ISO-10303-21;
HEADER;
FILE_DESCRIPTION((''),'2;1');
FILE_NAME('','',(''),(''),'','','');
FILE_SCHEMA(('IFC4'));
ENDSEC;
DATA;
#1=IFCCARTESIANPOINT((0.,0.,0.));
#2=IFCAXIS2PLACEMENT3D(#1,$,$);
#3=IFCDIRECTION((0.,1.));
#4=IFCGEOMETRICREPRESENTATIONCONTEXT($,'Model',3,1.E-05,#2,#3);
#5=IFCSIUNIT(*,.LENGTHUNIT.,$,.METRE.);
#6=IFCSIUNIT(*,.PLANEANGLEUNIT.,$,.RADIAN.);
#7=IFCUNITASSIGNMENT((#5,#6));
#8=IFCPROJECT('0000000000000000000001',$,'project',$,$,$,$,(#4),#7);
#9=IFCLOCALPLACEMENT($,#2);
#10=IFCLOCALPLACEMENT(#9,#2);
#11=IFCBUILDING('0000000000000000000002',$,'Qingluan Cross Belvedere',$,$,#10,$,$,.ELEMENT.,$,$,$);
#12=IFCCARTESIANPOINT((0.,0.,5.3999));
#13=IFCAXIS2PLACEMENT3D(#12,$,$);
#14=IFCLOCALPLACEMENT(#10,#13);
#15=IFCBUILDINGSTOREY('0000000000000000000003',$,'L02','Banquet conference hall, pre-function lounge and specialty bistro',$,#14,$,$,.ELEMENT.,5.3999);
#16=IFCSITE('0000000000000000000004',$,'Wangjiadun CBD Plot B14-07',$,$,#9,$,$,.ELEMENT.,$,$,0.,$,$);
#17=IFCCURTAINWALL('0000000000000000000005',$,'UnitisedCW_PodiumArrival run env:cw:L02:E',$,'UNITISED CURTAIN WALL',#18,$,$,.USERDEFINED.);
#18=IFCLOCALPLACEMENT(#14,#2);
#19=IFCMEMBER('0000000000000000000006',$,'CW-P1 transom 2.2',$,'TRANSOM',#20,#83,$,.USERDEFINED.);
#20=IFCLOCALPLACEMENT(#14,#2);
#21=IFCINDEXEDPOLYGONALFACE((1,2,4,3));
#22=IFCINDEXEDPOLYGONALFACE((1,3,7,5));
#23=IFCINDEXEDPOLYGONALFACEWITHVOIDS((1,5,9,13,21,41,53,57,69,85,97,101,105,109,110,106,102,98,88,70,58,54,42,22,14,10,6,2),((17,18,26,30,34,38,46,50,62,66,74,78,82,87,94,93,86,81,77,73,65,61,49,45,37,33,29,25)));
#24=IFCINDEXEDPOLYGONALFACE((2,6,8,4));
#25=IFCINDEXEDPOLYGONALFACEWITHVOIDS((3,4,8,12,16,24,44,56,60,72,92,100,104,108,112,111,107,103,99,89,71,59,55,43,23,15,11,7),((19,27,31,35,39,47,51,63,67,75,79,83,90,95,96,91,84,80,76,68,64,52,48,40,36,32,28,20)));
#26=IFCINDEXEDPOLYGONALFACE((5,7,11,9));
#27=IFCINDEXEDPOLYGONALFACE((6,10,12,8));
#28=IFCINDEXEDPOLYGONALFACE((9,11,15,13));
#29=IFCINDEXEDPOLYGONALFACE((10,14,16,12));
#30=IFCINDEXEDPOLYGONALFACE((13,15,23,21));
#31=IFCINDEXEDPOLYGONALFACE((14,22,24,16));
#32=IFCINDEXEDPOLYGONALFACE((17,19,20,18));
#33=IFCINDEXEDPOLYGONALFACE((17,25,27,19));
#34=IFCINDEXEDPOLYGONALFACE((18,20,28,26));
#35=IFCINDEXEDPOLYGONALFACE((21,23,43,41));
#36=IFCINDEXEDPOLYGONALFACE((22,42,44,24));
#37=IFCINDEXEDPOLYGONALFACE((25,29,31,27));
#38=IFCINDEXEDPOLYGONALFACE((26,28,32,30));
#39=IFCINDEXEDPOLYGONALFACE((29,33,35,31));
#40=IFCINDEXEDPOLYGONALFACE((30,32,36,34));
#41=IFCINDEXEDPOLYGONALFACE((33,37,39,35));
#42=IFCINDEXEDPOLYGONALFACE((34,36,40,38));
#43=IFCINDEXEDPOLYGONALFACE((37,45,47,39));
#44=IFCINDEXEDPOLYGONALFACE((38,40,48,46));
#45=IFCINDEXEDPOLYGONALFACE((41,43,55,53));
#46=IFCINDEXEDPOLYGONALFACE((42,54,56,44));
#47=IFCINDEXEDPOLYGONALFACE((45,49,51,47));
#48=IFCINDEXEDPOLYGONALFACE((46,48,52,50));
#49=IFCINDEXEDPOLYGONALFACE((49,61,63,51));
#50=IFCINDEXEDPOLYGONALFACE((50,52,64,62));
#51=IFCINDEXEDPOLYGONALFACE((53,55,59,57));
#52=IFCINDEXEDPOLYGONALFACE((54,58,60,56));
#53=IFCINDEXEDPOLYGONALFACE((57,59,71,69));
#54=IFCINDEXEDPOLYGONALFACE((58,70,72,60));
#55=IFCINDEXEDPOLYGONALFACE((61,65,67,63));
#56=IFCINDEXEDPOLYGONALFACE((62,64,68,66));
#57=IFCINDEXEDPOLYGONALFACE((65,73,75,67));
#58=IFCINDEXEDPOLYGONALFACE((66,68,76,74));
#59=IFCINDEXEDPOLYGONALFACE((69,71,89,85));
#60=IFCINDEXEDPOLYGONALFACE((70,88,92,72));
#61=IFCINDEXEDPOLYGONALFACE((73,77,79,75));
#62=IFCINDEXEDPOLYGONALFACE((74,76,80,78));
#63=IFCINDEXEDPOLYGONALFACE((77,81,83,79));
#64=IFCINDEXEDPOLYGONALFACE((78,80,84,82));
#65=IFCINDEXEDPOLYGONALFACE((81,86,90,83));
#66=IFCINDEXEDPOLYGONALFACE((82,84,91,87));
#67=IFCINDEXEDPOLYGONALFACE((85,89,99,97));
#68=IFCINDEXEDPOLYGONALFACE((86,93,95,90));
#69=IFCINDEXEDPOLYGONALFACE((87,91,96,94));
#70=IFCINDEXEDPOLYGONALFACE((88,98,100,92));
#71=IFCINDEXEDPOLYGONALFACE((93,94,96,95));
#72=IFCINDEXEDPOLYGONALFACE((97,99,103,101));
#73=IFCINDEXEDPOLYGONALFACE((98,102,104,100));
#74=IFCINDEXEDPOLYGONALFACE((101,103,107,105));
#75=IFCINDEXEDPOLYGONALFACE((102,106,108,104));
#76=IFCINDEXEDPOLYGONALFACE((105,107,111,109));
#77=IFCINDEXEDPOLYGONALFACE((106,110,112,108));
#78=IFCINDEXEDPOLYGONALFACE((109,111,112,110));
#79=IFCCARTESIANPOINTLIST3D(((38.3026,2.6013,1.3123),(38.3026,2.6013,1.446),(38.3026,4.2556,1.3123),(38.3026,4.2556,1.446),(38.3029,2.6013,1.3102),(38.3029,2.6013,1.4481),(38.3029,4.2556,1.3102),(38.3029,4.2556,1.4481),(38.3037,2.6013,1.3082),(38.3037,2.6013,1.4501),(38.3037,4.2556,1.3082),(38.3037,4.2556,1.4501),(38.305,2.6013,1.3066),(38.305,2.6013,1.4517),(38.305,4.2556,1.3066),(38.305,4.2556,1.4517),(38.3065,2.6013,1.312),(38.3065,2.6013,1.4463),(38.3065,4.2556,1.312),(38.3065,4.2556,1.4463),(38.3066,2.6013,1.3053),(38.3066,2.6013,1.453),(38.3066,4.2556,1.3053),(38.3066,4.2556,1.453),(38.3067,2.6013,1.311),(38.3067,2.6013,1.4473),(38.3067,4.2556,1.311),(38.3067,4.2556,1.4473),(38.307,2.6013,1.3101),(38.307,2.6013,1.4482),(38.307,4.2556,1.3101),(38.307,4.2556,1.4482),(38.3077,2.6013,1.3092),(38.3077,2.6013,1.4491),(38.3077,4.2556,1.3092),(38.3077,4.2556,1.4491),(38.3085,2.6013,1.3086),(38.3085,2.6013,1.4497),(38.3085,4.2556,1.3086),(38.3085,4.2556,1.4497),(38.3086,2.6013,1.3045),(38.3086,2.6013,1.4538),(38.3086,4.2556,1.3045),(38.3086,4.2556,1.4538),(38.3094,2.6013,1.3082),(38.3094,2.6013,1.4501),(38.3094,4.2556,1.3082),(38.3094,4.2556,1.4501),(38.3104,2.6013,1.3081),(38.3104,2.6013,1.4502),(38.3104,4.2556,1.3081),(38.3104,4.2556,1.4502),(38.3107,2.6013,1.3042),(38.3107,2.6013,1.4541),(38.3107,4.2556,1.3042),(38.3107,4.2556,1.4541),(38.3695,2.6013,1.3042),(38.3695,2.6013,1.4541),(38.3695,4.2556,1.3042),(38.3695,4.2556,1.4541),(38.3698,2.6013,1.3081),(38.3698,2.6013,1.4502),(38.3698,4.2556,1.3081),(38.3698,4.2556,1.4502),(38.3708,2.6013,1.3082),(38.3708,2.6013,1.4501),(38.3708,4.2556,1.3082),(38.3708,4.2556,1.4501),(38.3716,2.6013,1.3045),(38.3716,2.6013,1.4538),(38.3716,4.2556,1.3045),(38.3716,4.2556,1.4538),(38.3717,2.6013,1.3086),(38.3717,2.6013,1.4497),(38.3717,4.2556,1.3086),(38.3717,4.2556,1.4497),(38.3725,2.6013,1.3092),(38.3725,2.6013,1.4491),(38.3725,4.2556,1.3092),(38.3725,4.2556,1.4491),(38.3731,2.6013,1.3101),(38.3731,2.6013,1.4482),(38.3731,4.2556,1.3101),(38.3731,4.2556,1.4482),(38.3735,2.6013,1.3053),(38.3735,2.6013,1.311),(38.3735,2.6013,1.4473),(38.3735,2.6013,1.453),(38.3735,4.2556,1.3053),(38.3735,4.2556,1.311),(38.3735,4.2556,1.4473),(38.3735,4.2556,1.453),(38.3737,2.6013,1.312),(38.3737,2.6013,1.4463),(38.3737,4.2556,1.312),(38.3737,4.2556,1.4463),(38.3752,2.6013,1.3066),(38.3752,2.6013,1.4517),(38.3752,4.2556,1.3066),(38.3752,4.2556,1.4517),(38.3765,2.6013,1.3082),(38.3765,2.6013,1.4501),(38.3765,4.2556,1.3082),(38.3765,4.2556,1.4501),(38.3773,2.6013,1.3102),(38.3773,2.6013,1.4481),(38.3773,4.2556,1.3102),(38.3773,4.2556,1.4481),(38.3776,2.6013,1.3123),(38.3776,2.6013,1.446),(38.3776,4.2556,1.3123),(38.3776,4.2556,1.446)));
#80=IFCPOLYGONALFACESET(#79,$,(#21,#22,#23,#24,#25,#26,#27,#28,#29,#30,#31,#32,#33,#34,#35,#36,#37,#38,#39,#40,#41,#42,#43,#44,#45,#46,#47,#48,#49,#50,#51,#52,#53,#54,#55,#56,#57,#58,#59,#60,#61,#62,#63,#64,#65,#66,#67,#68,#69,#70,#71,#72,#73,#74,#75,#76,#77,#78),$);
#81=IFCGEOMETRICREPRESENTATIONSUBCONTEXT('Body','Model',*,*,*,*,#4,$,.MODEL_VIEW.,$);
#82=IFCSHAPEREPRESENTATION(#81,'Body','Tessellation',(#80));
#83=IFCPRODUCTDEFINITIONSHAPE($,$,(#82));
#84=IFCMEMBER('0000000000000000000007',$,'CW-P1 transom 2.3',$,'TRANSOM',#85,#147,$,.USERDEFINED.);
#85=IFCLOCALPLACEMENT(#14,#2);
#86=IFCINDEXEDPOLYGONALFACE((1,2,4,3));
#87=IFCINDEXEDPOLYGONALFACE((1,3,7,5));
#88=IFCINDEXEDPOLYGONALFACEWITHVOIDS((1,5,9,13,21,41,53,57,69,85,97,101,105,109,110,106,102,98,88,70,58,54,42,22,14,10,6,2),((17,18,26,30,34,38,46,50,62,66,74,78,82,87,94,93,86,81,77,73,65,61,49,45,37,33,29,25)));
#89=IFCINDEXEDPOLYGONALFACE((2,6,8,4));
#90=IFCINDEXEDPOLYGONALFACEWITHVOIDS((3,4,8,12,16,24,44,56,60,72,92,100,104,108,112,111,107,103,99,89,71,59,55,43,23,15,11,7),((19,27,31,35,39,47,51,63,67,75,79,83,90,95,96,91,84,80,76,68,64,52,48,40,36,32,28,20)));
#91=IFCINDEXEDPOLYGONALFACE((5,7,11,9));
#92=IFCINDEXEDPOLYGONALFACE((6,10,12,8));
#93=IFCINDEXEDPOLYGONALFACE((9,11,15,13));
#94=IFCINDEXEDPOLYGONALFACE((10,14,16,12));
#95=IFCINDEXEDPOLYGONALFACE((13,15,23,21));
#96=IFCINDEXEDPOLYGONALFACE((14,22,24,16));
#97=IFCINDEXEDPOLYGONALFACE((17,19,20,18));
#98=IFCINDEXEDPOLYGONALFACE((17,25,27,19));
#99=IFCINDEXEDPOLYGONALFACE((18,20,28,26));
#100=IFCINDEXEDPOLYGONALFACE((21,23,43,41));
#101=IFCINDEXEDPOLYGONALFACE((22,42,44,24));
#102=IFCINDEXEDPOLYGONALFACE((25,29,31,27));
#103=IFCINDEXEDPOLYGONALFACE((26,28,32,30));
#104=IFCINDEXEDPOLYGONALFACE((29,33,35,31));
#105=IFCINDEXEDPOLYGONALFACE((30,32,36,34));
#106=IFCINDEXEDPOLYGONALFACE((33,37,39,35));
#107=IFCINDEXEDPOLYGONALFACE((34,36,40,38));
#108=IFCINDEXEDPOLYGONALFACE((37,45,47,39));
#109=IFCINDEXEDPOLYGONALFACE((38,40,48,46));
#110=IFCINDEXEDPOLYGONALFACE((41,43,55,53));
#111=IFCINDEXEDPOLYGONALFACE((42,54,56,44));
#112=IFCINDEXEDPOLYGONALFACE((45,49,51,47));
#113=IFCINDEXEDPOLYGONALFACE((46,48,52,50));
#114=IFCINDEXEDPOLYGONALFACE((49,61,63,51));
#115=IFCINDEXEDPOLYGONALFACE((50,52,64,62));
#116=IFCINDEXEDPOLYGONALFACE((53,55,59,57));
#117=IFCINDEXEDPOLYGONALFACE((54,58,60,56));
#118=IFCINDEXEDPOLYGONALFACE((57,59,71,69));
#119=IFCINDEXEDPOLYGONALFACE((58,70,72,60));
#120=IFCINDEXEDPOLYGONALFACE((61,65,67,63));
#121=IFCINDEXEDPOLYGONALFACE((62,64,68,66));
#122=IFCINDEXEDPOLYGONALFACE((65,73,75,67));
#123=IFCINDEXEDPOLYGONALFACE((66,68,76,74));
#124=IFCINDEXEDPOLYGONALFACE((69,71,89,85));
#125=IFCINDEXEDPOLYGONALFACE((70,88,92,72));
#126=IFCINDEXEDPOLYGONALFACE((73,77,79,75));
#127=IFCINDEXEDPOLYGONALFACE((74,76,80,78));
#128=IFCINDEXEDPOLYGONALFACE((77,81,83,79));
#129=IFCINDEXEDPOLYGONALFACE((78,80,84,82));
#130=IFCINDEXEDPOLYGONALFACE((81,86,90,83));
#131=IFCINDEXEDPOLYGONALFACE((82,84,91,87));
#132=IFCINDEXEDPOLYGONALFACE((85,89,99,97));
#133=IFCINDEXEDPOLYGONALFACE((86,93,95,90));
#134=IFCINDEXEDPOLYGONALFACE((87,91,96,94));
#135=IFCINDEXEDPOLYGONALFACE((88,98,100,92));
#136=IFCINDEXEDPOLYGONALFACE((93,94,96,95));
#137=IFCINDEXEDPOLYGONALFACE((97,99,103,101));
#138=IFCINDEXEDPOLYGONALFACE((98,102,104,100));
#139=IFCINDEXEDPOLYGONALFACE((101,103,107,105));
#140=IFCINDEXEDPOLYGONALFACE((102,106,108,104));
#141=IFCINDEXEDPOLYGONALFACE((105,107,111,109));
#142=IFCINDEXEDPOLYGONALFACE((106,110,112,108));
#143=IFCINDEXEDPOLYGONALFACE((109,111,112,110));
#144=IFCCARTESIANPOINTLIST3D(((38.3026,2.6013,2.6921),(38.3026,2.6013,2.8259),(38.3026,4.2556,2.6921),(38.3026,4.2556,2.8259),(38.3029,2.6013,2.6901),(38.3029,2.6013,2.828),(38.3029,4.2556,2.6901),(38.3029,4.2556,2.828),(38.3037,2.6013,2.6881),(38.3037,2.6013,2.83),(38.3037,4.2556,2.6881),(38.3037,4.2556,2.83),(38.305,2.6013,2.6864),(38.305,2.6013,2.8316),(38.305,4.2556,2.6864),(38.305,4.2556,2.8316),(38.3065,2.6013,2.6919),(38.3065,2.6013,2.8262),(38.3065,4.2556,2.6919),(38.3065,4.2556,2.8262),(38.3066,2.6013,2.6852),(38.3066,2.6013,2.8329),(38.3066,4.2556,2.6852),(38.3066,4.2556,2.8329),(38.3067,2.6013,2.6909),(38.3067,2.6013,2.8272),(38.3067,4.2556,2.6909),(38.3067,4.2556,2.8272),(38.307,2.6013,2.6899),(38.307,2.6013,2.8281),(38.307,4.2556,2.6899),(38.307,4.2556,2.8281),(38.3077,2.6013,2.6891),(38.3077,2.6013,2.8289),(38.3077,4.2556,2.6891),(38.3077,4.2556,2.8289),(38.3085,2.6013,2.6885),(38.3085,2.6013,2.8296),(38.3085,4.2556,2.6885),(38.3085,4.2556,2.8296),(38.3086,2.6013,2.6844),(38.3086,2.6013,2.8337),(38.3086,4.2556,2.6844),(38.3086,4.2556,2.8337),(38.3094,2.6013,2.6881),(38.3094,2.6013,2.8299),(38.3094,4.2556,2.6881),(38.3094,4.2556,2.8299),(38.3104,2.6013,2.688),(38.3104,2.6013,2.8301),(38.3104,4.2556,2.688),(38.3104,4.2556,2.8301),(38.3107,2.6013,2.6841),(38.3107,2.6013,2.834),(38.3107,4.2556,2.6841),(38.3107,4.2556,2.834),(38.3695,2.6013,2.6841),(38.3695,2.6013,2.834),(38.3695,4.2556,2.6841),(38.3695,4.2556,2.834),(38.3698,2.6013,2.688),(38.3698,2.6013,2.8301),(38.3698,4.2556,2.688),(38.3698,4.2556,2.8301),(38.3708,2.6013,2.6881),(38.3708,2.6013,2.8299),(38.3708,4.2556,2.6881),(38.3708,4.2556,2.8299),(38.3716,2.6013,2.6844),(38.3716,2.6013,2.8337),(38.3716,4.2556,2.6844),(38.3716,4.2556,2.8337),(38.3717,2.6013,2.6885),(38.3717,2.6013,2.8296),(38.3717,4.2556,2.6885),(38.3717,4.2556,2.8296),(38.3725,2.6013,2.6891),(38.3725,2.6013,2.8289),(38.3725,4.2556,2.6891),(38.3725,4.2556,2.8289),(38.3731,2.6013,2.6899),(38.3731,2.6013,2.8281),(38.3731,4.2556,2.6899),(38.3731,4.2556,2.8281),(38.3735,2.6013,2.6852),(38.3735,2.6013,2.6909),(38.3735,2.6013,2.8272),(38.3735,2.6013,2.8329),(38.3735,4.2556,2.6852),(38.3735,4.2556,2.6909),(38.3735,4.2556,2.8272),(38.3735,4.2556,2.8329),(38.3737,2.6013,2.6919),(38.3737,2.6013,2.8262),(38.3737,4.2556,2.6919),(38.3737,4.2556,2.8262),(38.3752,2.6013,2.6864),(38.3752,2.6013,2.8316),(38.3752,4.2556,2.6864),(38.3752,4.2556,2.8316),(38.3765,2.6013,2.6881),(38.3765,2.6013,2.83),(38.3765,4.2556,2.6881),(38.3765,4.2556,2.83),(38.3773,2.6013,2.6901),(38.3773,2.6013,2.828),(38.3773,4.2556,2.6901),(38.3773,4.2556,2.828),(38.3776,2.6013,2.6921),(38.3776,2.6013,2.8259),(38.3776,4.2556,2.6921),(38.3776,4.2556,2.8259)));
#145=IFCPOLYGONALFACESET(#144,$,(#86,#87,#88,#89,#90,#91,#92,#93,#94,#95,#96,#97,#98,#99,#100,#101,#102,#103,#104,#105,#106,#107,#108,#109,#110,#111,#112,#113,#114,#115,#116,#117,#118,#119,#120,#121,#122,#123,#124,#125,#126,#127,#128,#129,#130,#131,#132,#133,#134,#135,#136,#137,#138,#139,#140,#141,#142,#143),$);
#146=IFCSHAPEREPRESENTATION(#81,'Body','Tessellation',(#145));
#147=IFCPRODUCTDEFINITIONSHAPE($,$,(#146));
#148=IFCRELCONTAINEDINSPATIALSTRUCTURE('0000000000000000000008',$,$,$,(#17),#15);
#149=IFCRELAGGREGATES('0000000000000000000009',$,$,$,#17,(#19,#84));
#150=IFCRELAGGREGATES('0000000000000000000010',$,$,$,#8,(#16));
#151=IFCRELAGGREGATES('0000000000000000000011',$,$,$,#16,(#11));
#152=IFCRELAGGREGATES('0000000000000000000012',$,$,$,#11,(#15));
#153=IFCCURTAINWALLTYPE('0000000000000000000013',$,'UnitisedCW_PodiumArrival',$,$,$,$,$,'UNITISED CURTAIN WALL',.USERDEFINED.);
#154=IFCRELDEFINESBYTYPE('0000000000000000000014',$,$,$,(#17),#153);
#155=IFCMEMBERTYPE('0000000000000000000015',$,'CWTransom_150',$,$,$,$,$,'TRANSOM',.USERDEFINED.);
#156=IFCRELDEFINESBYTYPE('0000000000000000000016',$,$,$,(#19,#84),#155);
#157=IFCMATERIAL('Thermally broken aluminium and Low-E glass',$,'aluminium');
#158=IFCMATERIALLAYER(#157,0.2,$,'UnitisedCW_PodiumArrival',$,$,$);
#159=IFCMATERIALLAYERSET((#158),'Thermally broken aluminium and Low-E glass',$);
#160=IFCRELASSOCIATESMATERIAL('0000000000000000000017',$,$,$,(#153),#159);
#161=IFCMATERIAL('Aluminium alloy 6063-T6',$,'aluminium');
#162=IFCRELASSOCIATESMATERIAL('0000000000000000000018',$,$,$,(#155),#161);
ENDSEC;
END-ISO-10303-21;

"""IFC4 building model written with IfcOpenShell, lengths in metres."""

from ifc_helpers import new_model, si_unit, direction, frame, origin, origin_2d, place, context, subcontext, project, spatial, hollow_rectangle, extrude, material, layer, layer_set, material_profile, profile_set, type_object, element, aggregate, save


model = new_model("IFC4")

# Units and contexts
model_context = context("Model", 3, precision=1e-05, world=origin(), true_north=direction((0.0, 1.0)))
body_context = subcontext(model_context, "Body", "Model", "MODEL_VIEW")
ifc_project = project(units=[si_unit("LENGTHUNIT", "METRE"), si_unit("PLANEANGLEUNIT", "RADIAN")], contexts=[model_context])

# Site, building, storey
site_placement = place(None, origin())
site = spatial("IfcSite", under=ifc_project, at=site_placement, Name="Wangjiadun CBD Plot B14-07", CompositionType="ELEMENT", RefElevation=0.0)
building_placement = place(site_placement, origin())
building = spatial("IfcBuilding", under=site, at=building_placement, Name="Qingluan Cross Belvedere", CompositionType="ELEMENT")
storey_placement = place(building_placement, frame((0.0, 0.0, 5.3999)))
storey = spatial("IfcBuildingStorey", under=building, at=storey_placement, Name="L02", Description="Banquet conference hall, pre-function lounge and specialty bistro", CompositionType="ELEMENT", Elevation=5.3999)

# Curtain wall, members
ifc_material_1 = material(Name="Thermally broken aluminium and Low-E glass", Category="aluminium")
ifc_layer_1 = layer(ifc_material_1, 0.2, Name="UnitisedCW_PodiumArrival")
ifc_layer_set_1 = layer_set([ifc_layer_1], Name="Thermally broken aluminium and Low-E glass")
curtain_wall_type = type_object("IfcCurtainWallType", Name="UnitisedCW_PodiumArrival", ElementType="UNITISED CURTAIN WALL", PredefinedType="USERDEFINED", material=ifc_layer_set_1)
curtain_wall_placement = place(storey_placement, origin())
curtain_wall = element("IfcCurtainWall", 1, at=curtain_wall_placement, inside=storey, type_object=curtain_wall_type, Name="UnitisedCW_PodiumArrival run env:cw:L02:E", ObjectType="UNITISED CURTAIN WALL", PredefinedType="USERDEFINED")
ifc_material_2 = material(Name="Aluminium alloy 6063-T6", Category="aluminium")
ifc_material_profile_1 = material_profile(ifc_material_2, hollow_rectangle(XDim=0.075, YDim=0.1499, WallThickness=0.0039, InnerFilletRadius=0.0039, OuterFilletRadius=0.0081, at=origin_2d()), Name="CWT150x75x4")
ifc_profile_set_1 = profile_set([ifc_material_profile_1], Name="Aluminium alloy 6063-T6")
member_type_1 = type_object("IfcMemberType", Name="CWTransom_150", ElementType="TRANSOM", PredefinedType="USERDEFINED", material=ifc_profile_set_1)
member_1_placement = place(storey_placement, frame((38.3401, 4.2556, 1.3792), z_axis=(0.0, -1.0, 0.0), x_axis=(1.0, 0.0, 0.0)))
member_1 = element("IfcMember", 2, at=member_1_placement, type_object=member_type_1, Name="CW-P1 transom 2.2", ObjectType="TRANSOM", PredefinedType="USERDEFINED", context=body_context, shape_type="SweptSolid", body=[
    extrude(hollow_rectangle(XDim=0.075, YDim=0.1499, WallThickness=0.0039, InnerFilletRadius=0.0039, OuterFilletRadius=0.0081, at=origin_2d()), origin(), (0.0, 0.0, 1.0), 1.6543),
])
member_2_placement = place(storey_placement, frame((38.3401, 4.2556, 2.759), z_axis=(0.0, -1.0, 0.0), x_axis=(1.0, 0.0, 0.0)))
member_2 = element("IfcMember", 3, at=member_2_placement, type_object=member_type_1, Name="CW-P1 transom 2.3", ObjectType="TRANSOM", PredefinedType="USERDEFINED", context=body_context, shape_type="SweptSolid", body=[
    extrude(hollow_rectangle(XDim=0.075, YDim=0.1499, WallThickness=0.0039, InnerFilletRadius=0.0039, OuterFilletRadius=0.0081, at=origin_2d()), origin(), (0.0, 0.0, 1.0), 1.6543),
])
aggregate(curtain_wall, [member_1, member_2])

save(model, "model.ifc")
